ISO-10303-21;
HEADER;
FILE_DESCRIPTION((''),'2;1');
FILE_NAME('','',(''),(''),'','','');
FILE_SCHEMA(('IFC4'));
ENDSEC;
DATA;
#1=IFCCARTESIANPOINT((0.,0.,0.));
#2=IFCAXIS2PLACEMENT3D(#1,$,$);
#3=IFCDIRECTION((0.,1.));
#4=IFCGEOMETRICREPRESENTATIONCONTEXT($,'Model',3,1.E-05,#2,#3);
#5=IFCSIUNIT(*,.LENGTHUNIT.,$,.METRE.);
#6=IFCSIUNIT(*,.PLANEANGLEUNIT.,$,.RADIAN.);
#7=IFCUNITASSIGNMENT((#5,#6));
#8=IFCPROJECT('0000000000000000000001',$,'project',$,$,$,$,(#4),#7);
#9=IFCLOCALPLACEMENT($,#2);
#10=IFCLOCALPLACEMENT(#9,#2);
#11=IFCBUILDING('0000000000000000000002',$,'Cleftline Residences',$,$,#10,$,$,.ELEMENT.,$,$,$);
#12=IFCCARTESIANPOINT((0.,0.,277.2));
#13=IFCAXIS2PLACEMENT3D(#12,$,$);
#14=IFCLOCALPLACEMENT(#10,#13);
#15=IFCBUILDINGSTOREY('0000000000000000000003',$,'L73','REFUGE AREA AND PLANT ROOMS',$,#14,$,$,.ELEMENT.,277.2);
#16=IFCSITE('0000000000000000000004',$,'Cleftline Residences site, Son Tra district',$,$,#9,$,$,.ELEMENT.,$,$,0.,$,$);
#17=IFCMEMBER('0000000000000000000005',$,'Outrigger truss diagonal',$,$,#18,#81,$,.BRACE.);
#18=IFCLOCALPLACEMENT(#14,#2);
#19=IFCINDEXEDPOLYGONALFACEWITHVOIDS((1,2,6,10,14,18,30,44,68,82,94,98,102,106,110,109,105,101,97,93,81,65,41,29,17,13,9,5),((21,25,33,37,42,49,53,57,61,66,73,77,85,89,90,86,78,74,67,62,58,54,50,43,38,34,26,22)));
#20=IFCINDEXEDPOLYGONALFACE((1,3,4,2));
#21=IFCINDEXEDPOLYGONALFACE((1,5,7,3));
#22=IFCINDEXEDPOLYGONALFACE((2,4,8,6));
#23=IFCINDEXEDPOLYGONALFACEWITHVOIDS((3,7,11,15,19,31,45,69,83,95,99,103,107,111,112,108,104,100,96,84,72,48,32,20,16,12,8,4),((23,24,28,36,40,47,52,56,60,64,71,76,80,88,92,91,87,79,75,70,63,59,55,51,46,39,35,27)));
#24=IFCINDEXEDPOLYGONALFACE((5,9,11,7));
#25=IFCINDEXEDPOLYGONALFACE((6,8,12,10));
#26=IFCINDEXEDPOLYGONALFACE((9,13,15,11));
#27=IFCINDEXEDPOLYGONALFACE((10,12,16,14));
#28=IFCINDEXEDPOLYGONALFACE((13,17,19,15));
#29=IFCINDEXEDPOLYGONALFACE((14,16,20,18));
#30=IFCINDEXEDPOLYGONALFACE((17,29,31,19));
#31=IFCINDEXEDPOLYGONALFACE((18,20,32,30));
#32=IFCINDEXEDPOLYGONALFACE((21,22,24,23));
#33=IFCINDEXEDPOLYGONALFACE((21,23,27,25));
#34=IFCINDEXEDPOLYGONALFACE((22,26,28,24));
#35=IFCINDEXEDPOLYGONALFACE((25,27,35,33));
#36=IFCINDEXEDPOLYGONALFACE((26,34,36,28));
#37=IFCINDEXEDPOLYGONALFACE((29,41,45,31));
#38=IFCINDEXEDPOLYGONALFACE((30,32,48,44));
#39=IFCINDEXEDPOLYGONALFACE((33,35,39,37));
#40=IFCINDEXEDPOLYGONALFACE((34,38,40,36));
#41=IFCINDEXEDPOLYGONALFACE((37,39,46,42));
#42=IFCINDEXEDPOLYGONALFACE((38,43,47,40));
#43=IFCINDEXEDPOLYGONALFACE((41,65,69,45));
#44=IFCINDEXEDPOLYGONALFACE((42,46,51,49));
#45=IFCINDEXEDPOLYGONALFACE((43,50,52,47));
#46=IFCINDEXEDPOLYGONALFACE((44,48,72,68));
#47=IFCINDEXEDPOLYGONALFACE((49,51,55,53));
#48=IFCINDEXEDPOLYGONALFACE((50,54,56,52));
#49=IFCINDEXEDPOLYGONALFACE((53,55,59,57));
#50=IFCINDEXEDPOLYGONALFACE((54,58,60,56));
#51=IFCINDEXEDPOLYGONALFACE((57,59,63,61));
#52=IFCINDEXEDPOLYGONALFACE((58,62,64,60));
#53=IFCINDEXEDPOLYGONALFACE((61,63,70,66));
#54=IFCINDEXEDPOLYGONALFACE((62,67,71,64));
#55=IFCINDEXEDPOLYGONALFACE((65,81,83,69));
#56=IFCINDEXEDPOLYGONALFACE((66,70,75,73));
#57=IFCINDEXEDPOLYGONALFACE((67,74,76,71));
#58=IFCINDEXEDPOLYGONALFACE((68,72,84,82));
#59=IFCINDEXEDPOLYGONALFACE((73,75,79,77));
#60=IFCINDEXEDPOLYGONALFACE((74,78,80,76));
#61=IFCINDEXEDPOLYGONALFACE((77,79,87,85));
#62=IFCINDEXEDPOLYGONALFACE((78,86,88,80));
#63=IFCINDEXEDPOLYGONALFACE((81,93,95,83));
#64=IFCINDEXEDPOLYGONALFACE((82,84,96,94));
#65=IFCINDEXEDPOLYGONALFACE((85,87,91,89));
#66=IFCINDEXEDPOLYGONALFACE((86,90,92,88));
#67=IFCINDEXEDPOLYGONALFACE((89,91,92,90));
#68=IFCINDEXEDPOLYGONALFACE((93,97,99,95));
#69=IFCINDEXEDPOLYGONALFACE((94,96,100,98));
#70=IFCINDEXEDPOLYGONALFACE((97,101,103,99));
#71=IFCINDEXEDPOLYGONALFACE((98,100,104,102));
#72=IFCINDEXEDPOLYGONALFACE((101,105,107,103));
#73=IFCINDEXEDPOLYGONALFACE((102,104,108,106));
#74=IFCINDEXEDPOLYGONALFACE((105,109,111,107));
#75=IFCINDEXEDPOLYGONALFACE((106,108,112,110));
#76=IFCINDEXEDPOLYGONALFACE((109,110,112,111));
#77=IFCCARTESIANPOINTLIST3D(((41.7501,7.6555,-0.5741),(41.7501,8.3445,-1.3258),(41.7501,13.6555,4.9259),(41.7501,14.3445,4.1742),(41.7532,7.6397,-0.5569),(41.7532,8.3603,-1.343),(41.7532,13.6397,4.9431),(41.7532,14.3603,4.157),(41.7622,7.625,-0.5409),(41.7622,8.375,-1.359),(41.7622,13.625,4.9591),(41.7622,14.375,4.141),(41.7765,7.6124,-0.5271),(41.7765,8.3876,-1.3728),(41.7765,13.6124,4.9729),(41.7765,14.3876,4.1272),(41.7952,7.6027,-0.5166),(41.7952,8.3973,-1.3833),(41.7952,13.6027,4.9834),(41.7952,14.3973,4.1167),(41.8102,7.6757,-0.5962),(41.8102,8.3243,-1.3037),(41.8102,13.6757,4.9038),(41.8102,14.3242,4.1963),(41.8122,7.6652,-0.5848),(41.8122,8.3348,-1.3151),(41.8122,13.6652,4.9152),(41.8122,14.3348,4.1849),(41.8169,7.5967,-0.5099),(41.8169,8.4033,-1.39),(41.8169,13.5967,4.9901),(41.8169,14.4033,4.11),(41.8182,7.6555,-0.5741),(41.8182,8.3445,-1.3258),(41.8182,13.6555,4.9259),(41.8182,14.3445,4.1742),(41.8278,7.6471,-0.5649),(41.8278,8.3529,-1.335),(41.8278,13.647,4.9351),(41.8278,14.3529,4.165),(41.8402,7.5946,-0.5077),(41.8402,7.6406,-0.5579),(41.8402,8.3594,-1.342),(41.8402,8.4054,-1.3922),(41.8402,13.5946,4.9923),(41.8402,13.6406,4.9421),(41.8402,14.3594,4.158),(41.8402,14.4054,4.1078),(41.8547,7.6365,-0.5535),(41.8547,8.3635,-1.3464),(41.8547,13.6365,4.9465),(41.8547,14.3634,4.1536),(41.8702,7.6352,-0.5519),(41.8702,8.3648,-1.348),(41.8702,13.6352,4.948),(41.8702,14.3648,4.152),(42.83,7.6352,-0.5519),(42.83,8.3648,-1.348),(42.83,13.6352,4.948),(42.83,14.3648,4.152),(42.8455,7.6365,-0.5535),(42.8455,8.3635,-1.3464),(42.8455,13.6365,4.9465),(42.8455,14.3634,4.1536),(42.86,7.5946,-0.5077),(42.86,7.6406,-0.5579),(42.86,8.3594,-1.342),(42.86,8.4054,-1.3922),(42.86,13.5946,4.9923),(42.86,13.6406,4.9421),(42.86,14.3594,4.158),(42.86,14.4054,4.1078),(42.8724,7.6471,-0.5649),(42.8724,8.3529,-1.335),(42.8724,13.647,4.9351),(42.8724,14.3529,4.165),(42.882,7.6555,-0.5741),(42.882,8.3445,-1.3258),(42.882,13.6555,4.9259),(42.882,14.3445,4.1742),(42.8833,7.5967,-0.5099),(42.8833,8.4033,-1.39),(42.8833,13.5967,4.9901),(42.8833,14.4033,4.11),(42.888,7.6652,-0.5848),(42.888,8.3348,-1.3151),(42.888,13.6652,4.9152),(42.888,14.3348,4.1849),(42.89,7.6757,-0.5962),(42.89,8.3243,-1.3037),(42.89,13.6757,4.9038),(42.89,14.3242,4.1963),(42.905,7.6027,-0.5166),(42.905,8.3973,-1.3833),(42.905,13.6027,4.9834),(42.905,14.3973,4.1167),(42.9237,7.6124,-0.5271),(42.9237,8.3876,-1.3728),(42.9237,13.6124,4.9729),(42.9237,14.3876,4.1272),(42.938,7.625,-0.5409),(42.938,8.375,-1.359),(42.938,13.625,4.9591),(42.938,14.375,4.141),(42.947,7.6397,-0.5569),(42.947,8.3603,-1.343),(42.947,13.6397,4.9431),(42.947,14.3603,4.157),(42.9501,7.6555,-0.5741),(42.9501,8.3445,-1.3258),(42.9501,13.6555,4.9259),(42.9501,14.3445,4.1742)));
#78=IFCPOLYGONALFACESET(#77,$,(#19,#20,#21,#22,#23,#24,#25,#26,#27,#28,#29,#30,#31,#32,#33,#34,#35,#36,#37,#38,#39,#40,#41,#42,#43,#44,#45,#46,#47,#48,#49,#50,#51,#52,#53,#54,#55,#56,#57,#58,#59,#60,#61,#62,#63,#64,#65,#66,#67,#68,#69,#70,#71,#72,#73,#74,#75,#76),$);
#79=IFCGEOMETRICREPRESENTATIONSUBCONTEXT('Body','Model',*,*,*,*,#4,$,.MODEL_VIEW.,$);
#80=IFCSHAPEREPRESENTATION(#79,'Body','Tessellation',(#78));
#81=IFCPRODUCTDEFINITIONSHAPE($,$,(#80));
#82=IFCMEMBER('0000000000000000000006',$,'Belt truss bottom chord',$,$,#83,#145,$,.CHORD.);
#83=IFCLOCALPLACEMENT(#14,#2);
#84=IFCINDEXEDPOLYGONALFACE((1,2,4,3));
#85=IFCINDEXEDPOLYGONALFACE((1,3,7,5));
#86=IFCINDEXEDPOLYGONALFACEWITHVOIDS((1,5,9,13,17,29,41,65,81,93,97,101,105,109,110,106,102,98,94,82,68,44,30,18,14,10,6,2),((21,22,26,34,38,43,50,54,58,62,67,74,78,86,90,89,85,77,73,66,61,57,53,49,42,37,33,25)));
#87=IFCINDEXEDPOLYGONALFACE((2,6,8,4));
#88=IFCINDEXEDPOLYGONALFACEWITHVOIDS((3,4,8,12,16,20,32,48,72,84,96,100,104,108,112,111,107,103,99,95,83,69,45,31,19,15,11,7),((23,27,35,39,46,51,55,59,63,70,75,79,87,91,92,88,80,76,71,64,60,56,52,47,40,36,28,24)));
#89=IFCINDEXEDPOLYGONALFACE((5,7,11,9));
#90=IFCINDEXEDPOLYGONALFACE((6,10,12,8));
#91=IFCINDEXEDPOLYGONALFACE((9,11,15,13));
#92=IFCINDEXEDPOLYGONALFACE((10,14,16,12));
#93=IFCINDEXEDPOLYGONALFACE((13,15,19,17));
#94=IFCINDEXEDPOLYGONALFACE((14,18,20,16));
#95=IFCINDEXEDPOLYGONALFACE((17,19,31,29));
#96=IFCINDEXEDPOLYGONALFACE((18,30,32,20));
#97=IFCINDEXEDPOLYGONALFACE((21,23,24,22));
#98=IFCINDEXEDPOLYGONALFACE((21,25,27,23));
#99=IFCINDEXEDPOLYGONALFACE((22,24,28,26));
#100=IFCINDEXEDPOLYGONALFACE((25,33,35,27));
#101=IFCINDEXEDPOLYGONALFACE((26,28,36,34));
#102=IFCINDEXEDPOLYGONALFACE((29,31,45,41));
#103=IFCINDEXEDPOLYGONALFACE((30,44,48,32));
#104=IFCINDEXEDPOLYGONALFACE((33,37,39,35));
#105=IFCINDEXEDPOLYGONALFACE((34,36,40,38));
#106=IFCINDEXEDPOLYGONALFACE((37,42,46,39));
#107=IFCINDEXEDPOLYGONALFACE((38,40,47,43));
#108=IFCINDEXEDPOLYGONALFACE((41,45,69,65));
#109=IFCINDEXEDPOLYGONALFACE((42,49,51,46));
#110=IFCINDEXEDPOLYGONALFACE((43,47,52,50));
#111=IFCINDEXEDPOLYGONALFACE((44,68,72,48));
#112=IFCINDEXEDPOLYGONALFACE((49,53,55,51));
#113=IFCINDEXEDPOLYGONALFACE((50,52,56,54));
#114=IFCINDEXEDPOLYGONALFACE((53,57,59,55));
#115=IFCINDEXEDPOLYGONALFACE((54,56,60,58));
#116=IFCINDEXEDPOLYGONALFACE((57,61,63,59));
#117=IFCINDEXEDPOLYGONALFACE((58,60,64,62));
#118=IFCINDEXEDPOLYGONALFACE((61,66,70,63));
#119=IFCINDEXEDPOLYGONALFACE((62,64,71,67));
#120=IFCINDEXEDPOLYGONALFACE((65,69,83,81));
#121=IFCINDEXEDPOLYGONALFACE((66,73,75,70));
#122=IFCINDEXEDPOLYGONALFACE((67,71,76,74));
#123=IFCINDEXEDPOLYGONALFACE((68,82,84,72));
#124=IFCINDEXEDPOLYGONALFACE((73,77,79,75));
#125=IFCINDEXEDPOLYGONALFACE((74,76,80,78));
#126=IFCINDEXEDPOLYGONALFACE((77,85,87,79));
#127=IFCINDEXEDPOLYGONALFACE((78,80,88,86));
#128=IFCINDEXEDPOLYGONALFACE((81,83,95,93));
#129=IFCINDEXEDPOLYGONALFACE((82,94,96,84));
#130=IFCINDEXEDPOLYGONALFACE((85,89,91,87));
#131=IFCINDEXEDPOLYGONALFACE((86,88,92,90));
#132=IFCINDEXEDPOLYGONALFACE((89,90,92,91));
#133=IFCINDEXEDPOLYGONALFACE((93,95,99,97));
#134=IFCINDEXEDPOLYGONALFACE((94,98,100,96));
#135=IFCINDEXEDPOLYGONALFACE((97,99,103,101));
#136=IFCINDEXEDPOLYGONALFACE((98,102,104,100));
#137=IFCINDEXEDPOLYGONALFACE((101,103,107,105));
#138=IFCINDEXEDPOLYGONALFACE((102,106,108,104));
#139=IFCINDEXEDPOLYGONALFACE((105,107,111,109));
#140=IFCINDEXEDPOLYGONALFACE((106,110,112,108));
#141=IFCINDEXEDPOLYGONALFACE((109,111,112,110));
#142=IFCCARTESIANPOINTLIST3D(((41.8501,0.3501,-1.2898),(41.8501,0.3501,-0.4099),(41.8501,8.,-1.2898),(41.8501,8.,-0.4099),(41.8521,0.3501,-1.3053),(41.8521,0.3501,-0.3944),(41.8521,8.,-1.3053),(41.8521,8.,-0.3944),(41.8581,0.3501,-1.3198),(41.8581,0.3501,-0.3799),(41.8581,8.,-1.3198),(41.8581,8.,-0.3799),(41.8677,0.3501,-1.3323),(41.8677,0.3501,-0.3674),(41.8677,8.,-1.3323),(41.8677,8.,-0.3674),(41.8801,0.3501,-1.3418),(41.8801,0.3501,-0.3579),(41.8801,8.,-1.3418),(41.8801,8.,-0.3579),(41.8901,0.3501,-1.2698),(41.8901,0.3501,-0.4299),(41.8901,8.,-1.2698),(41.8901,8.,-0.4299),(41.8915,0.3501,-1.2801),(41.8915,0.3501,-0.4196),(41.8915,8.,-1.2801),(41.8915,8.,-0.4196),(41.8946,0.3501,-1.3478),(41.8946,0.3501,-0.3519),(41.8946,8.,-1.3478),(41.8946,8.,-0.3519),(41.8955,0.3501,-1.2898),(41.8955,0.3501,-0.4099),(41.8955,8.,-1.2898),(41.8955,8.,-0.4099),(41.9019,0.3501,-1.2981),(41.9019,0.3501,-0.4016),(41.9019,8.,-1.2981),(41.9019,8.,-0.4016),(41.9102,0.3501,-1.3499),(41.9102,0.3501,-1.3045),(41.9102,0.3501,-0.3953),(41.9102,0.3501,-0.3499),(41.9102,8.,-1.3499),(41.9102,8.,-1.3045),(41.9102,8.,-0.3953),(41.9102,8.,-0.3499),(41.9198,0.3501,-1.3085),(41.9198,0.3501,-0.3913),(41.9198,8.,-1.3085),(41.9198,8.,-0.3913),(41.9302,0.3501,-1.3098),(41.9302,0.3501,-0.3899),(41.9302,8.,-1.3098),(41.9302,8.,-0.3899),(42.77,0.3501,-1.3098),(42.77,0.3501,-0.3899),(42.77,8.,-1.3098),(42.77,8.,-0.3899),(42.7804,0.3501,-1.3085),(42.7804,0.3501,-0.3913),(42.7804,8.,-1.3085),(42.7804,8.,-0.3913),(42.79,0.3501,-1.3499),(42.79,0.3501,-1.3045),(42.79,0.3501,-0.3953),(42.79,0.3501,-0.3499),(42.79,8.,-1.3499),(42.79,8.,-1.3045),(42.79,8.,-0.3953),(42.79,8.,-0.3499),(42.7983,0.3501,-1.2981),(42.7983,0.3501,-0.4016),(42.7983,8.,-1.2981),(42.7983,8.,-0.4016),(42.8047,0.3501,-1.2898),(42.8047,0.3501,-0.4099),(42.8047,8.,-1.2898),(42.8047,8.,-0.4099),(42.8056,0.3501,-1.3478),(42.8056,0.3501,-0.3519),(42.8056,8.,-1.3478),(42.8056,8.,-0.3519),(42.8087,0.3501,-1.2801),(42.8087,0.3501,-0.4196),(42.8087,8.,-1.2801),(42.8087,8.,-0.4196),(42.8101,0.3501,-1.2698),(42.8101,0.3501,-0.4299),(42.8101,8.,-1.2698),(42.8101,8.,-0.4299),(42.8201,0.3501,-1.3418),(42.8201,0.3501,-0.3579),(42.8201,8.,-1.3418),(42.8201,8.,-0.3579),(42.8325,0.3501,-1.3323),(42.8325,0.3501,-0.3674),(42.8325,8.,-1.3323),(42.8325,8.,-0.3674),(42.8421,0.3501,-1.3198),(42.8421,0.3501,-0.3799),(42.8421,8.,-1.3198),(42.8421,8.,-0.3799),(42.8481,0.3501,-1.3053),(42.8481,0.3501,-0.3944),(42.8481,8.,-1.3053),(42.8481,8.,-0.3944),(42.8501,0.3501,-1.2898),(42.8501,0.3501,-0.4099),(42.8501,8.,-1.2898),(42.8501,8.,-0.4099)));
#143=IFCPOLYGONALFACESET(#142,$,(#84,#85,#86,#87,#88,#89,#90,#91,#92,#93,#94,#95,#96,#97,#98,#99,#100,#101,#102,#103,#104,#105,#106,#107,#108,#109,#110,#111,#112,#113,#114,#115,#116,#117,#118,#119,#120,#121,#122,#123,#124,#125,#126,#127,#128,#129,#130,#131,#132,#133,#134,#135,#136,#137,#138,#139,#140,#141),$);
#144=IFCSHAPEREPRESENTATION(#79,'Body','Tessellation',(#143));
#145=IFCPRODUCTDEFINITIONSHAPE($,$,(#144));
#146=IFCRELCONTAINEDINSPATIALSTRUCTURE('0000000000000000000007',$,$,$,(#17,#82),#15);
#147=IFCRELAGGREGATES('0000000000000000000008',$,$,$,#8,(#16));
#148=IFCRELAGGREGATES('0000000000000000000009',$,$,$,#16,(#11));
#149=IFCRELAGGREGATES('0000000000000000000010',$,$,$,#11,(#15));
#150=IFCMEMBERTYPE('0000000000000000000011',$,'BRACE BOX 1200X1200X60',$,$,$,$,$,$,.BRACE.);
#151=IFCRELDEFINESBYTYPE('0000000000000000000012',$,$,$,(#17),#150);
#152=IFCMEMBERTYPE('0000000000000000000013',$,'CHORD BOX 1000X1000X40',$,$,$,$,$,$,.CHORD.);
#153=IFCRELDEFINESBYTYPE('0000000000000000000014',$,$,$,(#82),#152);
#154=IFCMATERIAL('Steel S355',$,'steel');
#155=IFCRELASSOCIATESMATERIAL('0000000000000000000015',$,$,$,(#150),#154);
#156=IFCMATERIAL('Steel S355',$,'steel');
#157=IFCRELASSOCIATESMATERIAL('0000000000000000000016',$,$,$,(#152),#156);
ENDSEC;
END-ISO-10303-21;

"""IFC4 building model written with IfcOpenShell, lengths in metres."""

from ifc_helpers import new_model, si_unit, direction, frame, origin, origin_2d, place, context, subcontext, project, spatial, hollow_rectangle, extrude, material, material_profile, profile_set, type_object, element, save


model = new_model("IFC4")

# Units and contexts
model_context = context("Model", 3, precision=1e-05, world=origin(), true_north=direction((0.0, 1.0)))
body_context = subcontext(model_context, "Body", "Model", "MODEL_VIEW")
ifc_project = project(units=[si_unit("LENGTHUNIT", "METRE"), si_unit("PLANEANGLEUNIT", "RADIAN")], contexts=[model_context])

# Site, building, storey
site_placement = place(None, origin())
site = spatial("IfcSite", under=ifc_project, at=site_placement, Name="Cleftline Residences site, Son Tra district", CompositionType="ELEMENT", RefElevation=0.0)
building_placement = place(site_placement, origin())
building = spatial("IfcBuilding", under=site, at=building_placement, Name="Cleftline Residences", CompositionType="ELEMENT")
storey_placement = place(building_placement, frame((0.0, 0.0, 277.2)))
storey = spatial("IfcBuildingStorey", under=building, at=storey_placement, Name="L73", Description="REFUGE AREA AND PLANT ROOMS", CompositionType="ELEMENT", Elevation=277.2)

# Members
ifc_material_1 = material(Name="Steel S355", Category="steel")
ifc_material_profile_1 = material_profile(ifc_material_1, hollow_rectangle(XDim=1.2, YDim=1.2, WallThickness=0.0601, InnerFilletRadius=0.0601, OuterFilletRadius=0.0901, at=origin_2d()))
ifc_profile_set_1 = profile_set([ifc_material_profile_1], Name="Steel S355")
member_type_1 = type_object("IfcMemberType", Name="BRACE BOX 1200X1200X60", PredefinedType="BRACE", material=ifc_profile_set_1)
member_placement = place(storey_placement, frame((42.3501, 8.0, -0.95), z_axis=(0.0, 0.737154, 0.675725), x_axis=(0.0, -0.675725, 0.737154)))
element("IfcMember", 1, at=member_placement, inside=storey, type_object=member_type_1, Name="Outrigger truss diagonal", PredefinedType="BRACE", context=body_context, shape_type="SweptSolid", body=[
    extrude(hollow_rectangle(XDim=1.2, YDim=1.2, WallThickness=0.0601, InnerFilletRadius=0.0601, OuterFilletRadius=0.0901, at=origin_2d()), origin(), (0.0, 0.0, 1.0), 8.1394),
])
ifc_material_2 = material(Name="Steel S355", Category="steel")
ifc_material_profile_2 = material_profile(ifc_material_2, hollow_rectangle(XDim=1.0, YDim=1.0, WallThickness=0.04, InnerFilletRadius=0.04, OuterFilletRadius=0.0601, at=origin_2d()))
ifc_profile_set_2 = profile_set([ifc_material_profile_2], Name="Steel S355")
member_type_2 = type_object("IfcMemberType", Name="CHORD BOX 1000X1000X40", PredefinedType="CHORD", material=ifc_profile_set_2)
for number, where, z_axis, x_axis, name in (
    (2, (42.3501, 0.3501, -0.8499), (0.0, 1.0, 0.0), (-1.0, 0.0, 0.0), "Belt truss bottom chord"),
):
    element("IfcMember", number, at=place(storey_placement, frame(where, z_axis=z_axis, x_axis=x_axis)), inside=storey, type_object=member_type_2, Name=name, PredefinedType="CHORD", context=body_context, shape_type="SweptSolid", body=[
        extrude(hollow_rectangle(XDim=1.0, YDim=1.0, WallThickness=0.04, InnerFilletRadius=0.04, OuterFilletRadius=0.0601, at=origin_2d()), origin(), (0.0, 0.0, 1.0), 7.6499),
    ])

save(model, "model.ifc")
